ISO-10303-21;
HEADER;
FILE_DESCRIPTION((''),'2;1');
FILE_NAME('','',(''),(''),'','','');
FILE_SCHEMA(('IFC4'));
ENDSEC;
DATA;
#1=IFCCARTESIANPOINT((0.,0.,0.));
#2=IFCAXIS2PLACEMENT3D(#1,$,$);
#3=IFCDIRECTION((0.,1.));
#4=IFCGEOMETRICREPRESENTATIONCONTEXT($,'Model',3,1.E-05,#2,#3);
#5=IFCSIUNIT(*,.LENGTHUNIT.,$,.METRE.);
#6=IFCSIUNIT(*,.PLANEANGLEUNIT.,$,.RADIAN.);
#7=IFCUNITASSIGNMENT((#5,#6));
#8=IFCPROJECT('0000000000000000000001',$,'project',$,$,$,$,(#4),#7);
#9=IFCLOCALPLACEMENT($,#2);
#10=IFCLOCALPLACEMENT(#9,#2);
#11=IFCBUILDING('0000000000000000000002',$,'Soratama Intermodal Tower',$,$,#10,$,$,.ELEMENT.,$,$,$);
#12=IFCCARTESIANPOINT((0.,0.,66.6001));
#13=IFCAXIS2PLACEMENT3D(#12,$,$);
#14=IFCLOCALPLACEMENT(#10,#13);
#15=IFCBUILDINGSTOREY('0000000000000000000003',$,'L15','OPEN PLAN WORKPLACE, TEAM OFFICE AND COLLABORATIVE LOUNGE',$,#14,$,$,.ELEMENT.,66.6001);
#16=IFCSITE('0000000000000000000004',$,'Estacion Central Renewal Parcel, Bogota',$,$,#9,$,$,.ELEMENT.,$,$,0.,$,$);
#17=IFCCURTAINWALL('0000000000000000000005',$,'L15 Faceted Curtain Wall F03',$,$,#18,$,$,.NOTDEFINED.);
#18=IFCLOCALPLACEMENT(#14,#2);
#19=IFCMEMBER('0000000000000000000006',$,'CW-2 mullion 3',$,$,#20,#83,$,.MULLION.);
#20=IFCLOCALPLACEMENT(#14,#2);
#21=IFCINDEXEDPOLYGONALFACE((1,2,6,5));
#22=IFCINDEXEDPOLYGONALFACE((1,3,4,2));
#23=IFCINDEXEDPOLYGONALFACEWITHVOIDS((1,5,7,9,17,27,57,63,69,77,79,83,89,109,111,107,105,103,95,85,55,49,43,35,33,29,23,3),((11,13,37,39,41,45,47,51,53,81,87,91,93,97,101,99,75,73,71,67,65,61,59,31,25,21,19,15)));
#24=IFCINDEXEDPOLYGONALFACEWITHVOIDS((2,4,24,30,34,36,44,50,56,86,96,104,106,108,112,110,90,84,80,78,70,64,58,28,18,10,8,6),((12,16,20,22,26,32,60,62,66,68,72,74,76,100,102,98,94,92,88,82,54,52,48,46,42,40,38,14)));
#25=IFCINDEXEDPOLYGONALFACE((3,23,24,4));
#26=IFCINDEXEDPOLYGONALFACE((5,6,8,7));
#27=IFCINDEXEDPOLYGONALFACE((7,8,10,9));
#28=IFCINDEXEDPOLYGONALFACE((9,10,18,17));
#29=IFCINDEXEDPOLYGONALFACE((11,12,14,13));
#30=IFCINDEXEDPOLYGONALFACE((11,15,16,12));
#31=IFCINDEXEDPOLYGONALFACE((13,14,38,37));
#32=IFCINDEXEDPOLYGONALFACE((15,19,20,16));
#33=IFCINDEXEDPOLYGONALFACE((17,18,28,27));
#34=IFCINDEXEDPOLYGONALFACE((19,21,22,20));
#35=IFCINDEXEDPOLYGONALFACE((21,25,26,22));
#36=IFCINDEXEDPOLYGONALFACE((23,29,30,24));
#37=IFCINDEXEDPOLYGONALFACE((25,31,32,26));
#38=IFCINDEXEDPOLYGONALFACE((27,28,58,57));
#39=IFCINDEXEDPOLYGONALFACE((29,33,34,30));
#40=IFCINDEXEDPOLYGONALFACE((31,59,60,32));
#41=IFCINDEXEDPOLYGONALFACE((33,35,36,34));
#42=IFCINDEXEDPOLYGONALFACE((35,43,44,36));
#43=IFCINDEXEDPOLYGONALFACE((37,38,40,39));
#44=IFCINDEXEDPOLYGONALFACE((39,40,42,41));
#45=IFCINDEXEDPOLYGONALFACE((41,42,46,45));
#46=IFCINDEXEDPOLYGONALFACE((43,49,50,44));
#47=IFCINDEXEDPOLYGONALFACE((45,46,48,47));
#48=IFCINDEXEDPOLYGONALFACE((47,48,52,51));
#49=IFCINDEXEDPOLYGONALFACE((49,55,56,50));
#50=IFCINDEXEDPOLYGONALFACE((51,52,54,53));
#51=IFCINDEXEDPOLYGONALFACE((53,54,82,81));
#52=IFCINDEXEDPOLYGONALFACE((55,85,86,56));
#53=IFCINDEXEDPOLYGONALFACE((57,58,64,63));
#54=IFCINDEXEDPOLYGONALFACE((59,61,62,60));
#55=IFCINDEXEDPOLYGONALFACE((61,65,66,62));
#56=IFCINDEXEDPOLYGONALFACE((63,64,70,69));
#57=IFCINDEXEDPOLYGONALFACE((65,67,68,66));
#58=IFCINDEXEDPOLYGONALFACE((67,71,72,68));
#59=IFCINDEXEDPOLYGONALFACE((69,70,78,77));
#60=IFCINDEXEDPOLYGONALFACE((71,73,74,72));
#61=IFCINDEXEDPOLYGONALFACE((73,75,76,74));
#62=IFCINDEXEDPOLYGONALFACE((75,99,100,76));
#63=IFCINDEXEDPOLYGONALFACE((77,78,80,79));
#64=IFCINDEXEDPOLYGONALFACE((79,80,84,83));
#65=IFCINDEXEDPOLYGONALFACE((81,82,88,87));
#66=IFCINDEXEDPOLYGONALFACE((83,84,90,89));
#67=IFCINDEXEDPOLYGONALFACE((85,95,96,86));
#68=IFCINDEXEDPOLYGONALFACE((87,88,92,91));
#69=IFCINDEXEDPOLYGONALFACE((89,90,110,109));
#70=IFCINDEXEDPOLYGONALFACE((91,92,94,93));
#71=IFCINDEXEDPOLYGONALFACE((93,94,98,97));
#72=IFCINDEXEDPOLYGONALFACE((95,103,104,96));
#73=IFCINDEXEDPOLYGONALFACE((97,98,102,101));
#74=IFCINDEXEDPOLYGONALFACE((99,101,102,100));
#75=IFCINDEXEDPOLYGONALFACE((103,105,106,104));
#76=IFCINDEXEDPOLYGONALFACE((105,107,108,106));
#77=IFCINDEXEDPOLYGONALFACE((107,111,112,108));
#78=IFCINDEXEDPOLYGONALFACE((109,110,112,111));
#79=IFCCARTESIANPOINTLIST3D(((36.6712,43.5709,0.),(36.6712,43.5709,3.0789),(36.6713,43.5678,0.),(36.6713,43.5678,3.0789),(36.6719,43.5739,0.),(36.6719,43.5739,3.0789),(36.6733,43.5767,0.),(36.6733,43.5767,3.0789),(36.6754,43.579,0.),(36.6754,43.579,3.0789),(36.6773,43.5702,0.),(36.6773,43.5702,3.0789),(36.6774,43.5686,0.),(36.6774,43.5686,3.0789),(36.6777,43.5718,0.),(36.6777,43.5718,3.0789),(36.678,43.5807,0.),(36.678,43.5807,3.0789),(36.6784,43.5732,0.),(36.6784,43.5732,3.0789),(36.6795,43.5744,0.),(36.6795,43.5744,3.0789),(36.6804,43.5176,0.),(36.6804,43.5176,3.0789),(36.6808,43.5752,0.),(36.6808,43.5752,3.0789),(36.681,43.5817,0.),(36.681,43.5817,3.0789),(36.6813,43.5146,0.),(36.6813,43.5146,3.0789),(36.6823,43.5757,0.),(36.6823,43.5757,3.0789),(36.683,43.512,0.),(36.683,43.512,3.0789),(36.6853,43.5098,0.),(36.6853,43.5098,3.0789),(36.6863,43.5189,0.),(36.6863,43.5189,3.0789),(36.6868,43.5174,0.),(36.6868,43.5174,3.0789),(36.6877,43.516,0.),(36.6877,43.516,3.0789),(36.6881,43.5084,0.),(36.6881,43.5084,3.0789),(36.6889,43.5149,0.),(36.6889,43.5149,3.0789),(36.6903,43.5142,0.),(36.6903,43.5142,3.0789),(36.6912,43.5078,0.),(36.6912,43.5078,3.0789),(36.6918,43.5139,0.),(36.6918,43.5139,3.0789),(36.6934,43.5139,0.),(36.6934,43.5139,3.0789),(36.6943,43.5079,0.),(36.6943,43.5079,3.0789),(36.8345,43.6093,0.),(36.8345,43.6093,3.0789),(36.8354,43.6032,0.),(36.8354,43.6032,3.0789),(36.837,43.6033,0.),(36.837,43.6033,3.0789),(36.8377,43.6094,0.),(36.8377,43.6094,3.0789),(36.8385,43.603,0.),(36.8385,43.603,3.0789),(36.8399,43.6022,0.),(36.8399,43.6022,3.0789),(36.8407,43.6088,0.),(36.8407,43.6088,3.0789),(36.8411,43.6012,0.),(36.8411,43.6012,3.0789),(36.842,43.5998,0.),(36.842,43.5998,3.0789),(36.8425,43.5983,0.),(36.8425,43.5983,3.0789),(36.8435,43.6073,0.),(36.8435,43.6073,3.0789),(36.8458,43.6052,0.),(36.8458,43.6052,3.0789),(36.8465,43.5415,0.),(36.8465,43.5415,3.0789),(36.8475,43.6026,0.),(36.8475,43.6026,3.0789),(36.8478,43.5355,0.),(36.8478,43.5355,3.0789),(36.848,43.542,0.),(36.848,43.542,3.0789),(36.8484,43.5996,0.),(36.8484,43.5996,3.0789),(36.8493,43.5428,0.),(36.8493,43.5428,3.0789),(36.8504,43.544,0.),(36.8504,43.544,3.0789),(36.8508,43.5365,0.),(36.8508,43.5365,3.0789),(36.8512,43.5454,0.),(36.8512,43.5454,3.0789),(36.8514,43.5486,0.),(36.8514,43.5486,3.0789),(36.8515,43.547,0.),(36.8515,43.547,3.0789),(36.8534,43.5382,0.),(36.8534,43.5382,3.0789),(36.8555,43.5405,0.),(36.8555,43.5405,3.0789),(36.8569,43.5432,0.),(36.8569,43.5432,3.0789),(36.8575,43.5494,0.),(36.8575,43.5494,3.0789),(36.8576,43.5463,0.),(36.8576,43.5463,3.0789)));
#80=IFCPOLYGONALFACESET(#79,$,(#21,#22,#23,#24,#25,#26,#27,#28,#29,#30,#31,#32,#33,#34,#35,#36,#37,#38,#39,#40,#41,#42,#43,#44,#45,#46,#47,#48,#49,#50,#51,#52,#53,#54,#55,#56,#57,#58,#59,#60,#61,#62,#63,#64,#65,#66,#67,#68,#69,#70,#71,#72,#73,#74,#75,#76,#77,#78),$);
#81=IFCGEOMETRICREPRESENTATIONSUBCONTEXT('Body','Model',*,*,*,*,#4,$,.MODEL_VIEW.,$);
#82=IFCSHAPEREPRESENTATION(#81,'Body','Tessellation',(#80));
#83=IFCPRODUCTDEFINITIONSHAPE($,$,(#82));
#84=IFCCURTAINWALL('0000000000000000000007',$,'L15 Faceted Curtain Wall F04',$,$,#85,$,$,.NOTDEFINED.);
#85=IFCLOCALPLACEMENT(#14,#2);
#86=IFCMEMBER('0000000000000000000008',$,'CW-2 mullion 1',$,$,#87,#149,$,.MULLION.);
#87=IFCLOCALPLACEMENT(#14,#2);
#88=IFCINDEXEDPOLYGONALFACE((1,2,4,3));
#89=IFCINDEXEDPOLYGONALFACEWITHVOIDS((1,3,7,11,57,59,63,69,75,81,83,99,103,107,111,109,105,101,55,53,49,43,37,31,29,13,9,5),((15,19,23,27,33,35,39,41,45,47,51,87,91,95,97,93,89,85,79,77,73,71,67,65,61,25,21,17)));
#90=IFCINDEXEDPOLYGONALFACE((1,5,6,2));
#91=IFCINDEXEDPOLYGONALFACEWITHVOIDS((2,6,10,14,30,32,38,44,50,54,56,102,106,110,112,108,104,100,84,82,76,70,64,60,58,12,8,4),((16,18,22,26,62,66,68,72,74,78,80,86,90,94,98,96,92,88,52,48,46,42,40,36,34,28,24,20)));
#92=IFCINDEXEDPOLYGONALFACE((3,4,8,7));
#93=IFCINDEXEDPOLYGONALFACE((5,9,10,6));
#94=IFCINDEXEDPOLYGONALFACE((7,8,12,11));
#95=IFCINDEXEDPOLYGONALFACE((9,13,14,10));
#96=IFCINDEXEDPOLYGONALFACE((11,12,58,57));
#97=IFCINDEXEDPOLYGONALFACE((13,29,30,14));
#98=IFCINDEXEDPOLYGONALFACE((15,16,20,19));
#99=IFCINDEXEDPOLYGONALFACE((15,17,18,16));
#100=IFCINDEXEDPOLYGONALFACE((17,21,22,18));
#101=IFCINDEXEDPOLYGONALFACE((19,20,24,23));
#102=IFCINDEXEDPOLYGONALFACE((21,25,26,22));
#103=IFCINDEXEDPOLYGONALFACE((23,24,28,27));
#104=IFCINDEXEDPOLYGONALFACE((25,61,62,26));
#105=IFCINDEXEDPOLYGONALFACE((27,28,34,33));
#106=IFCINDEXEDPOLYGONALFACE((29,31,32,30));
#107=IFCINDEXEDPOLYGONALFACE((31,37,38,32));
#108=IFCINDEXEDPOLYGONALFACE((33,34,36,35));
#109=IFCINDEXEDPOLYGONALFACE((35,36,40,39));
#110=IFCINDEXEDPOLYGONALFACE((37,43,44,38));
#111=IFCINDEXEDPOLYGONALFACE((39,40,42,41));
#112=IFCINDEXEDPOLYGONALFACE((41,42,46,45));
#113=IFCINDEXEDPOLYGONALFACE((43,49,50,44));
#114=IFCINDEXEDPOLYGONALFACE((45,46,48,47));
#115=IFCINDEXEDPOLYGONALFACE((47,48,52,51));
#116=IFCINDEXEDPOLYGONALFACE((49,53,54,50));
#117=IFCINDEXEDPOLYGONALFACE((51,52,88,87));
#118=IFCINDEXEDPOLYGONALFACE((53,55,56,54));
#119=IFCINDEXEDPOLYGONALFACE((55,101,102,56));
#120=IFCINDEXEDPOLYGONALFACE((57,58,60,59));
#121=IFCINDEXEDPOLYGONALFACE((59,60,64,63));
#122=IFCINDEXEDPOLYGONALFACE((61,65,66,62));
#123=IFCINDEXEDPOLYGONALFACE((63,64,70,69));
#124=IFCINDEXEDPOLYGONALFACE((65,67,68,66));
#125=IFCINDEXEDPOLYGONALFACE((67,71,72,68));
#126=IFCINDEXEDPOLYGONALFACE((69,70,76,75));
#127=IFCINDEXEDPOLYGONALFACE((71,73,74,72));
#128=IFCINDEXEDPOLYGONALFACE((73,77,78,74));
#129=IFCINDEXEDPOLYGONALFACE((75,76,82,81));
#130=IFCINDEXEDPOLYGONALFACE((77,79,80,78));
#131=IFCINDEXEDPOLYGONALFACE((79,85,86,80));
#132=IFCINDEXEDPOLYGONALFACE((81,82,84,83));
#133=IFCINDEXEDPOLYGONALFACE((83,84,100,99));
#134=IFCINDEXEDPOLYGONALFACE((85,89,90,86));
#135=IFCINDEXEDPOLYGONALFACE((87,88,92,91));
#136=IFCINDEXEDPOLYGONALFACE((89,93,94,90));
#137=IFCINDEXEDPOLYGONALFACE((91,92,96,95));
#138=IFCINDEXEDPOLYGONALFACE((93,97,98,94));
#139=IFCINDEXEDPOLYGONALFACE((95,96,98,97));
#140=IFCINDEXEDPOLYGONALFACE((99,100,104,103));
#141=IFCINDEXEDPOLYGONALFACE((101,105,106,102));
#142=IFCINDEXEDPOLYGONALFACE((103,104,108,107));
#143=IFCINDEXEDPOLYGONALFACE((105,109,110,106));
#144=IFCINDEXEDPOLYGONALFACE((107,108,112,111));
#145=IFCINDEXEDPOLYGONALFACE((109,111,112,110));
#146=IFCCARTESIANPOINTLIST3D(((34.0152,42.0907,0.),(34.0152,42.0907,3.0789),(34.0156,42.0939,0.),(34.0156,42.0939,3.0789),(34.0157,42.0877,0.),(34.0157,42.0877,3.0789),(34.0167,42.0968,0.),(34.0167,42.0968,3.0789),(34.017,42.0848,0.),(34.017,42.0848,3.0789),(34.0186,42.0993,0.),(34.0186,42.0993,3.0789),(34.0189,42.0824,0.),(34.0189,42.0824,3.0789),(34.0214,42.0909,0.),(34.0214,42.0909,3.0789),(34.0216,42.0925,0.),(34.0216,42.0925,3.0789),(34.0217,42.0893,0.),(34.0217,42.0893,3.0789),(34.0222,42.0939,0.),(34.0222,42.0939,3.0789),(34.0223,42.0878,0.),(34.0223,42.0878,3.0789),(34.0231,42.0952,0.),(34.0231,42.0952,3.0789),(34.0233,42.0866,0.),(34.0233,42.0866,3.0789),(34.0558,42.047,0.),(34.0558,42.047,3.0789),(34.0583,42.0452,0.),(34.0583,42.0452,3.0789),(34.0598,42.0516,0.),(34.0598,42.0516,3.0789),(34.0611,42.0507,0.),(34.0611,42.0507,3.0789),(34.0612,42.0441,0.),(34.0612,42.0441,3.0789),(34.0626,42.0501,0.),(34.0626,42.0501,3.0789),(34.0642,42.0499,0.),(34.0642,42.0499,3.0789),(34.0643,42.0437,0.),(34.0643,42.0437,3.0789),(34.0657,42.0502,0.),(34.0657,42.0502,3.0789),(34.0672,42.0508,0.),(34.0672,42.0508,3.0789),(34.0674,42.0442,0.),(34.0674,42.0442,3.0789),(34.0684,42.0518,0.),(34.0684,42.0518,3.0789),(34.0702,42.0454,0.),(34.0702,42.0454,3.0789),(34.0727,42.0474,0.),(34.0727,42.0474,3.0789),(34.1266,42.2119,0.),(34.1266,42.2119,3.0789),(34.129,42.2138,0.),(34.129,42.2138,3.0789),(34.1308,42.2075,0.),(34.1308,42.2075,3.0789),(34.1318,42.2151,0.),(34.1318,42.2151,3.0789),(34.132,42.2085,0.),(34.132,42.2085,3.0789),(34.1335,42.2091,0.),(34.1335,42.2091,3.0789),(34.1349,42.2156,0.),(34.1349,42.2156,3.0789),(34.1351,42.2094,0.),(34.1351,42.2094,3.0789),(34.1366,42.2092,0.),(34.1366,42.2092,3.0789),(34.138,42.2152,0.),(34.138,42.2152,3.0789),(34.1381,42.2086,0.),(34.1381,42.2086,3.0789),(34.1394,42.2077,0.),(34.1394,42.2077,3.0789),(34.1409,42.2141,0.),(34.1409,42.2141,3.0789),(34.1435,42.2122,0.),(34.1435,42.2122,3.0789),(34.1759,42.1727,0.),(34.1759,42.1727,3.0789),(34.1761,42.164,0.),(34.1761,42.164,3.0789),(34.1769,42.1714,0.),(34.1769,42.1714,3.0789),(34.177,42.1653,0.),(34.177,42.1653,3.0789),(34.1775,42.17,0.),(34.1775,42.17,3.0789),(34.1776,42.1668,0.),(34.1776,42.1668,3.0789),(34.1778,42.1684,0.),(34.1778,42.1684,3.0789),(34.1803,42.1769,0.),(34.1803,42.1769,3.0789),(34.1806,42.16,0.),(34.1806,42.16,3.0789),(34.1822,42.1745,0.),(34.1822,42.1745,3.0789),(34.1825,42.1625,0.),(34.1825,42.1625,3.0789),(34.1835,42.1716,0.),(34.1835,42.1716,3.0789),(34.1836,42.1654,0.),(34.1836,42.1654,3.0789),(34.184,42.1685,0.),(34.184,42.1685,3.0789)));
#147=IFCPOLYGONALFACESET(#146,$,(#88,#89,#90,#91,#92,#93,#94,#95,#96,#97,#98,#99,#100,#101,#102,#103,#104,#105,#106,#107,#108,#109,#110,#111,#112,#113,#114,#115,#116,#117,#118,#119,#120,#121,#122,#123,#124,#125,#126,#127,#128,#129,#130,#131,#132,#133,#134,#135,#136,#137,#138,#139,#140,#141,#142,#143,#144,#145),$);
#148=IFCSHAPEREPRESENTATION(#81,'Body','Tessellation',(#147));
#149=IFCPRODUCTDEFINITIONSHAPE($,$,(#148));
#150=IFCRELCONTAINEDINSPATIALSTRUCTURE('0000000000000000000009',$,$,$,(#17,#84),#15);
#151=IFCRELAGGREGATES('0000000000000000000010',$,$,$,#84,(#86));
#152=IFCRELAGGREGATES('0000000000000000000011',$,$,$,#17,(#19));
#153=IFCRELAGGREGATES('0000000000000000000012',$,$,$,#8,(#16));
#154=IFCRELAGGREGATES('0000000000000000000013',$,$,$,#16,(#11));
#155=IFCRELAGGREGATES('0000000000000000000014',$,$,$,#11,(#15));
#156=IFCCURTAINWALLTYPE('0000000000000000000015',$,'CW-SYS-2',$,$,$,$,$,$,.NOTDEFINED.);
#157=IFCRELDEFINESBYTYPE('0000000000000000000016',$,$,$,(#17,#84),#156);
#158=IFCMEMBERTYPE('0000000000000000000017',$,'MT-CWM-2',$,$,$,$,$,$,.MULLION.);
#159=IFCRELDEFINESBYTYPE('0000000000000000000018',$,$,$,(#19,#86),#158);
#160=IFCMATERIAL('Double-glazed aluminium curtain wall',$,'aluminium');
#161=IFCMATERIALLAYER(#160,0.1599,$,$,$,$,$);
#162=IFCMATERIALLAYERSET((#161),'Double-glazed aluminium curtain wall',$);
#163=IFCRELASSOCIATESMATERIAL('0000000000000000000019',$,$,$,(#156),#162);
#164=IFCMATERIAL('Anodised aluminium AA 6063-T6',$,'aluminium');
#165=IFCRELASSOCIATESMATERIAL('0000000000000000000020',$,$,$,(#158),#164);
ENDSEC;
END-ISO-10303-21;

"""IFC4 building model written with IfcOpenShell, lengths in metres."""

from ifc_helpers import new_model, si_unit, direction, frame, origin, origin_2d, place, context, subcontext, project, spatial, hollow_rectangle, extrude, material, layer, layer_set, material_profile, profile_set, type_object, element, aggregate, save


model = new_model("IFC4")

# Units and contexts
model_context = context("Model", 3, precision=1e-05, world=origin(), true_north=direction((0.0, 1.0)))
body_context = subcontext(model_context, "Body", "Model", "MODEL_VIEW")
ifc_project = project(units=[si_unit("LENGTHUNIT", "METRE"), si_unit("PLANEANGLEUNIT", "RADIAN")], contexts=[model_context])

# Site, building, storey
site_placement = place(None, origin())
site = spatial("IfcSite", under=ifc_project, at=site_placement, Name="Estacion Central Renewal Parcel, Bogota", CompositionType="ELEMENT", RefElevation=0.0)
building_placement = place(site_placement, origin())
building = spatial("IfcBuilding", under=site, at=building_placement, Name="Soratama Intermodal Tower", CompositionType="ELEMENT")
storey_placement = place(building_placement, frame((0.0, 0.0, 66.6001)))
storey = spatial("IfcBuildingStorey", under=building, at=storey_placement, Name="L15", Description="OPEN PLAN WORKPLACE, TEAM OFFICE AND COLLABORATIVE LOUNGE", CompositionType="ELEMENT", Elevation=66.6001)

# Curtain wall, member
ifc_material_1 = material(Name="Double-glazed aluminium curtain wall", Category="aluminium")
ifc_layer_1 = layer(ifc_material_1, 0.1599)
ifc_layer_set_1 = layer_set([ifc_layer_1], Name="Double-glazed aluminium curtain wall")
curtain_wall_type = type_object("IfcCurtainWallType", Name="CW-SYS-2", PredefinedType="NOTDEFINED", material=ifc_layer_set_1)
curtain_wall_1_placement = place(storey_placement, origin())
curtain_wall_1 = element("IfcCurtainWall", 1, at=curtain_wall_1_placement, inside=storey, type_object=curtain_wall_type, Name="L15 Faceted Curtain Wall F03", PredefinedType="NOTDEFINED")
ifc_material_2 = material(Name="Anodised aluminium AA 6063-T6", Category="aluminium")
ifc_material_profile_1 = material_profile(ifc_material_2, hollow_rectangle(XDim=0.075, YDim=0.1799, WallThickness=0.0061, InnerFilletRadius=0.0061, OuterFilletRadius=0.012, at=origin_2d()), Name="CWM180X75X6")
ifc_profile_set_1 = profile_set([ifc_material_profile_1], Name="Anodised aluminium AA 6063-T6")
member_type_1 = type_object("IfcMemberType", Name="MT-CWM-2", PredefinedType="MULLION", material=ifc_profile_set_1)
member_1_placement = place(storey_placement, frame((36.7644, 43.5586, 0.0), z_axis=(0.0, 0.0, 1.0), x_axis=(0.177078, -0.984197, 0.0)))
member_1 = element("IfcMember", 2, at=member_1_placement, type_object=member_type_1, Name="CW-2 mullion 3", PredefinedType="MULLION", context=body_context, shape_type="SweptSolid", body=[
    extrude(hollow_rectangle(XDim=0.075, YDim=0.1799, WallThickness=0.0061, InnerFilletRadius=0.0061, OuterFilletRadius=0.012, at=origin_2d()), origin(), (0.0, 0.0, 1.0), 3.0789),
])

# Curtain wall, member
curtain_wall_2_placement = place(storey_placement, origin())
curtain_wall_2 = element("IfcCurtainWall", 3, at=curtain_wall_2_placement, inside=storey, type_object=curtain_wall_type, Name="L15 Faceted Curtain Wall F04", PredefinedType="NOTDEFINED")
member_2_placement = place(storey_placement, frame((34.0996, 42.1296, 0.0), z_axis=(0.0, 0.0, 1.0), x_axis=(0.721759, -0.692145, 0.0)))
member_2 = element("IfcMember", 4, at=member_2_placement, type_object=member_type_1, Name="CW-2 mullion 1", PredefinedType="MULLION", context=body_context, shape_type="SweptSolid", body=[
    extrude(hollow_rectangle(XDim=0.075, YDim=0.1799, WallThickness=0.0061, InnerFilletRadius=0.0061, OuterFilletRadius=0.012, at=origin_2d()), origin(), (0.0, 0.0, 1.0), 3.0789),
])
aggregate(curtain_wall_2, [member_2])

aggregate(curtain_wall_1, [member_1])

save(model, "model.ifc")
